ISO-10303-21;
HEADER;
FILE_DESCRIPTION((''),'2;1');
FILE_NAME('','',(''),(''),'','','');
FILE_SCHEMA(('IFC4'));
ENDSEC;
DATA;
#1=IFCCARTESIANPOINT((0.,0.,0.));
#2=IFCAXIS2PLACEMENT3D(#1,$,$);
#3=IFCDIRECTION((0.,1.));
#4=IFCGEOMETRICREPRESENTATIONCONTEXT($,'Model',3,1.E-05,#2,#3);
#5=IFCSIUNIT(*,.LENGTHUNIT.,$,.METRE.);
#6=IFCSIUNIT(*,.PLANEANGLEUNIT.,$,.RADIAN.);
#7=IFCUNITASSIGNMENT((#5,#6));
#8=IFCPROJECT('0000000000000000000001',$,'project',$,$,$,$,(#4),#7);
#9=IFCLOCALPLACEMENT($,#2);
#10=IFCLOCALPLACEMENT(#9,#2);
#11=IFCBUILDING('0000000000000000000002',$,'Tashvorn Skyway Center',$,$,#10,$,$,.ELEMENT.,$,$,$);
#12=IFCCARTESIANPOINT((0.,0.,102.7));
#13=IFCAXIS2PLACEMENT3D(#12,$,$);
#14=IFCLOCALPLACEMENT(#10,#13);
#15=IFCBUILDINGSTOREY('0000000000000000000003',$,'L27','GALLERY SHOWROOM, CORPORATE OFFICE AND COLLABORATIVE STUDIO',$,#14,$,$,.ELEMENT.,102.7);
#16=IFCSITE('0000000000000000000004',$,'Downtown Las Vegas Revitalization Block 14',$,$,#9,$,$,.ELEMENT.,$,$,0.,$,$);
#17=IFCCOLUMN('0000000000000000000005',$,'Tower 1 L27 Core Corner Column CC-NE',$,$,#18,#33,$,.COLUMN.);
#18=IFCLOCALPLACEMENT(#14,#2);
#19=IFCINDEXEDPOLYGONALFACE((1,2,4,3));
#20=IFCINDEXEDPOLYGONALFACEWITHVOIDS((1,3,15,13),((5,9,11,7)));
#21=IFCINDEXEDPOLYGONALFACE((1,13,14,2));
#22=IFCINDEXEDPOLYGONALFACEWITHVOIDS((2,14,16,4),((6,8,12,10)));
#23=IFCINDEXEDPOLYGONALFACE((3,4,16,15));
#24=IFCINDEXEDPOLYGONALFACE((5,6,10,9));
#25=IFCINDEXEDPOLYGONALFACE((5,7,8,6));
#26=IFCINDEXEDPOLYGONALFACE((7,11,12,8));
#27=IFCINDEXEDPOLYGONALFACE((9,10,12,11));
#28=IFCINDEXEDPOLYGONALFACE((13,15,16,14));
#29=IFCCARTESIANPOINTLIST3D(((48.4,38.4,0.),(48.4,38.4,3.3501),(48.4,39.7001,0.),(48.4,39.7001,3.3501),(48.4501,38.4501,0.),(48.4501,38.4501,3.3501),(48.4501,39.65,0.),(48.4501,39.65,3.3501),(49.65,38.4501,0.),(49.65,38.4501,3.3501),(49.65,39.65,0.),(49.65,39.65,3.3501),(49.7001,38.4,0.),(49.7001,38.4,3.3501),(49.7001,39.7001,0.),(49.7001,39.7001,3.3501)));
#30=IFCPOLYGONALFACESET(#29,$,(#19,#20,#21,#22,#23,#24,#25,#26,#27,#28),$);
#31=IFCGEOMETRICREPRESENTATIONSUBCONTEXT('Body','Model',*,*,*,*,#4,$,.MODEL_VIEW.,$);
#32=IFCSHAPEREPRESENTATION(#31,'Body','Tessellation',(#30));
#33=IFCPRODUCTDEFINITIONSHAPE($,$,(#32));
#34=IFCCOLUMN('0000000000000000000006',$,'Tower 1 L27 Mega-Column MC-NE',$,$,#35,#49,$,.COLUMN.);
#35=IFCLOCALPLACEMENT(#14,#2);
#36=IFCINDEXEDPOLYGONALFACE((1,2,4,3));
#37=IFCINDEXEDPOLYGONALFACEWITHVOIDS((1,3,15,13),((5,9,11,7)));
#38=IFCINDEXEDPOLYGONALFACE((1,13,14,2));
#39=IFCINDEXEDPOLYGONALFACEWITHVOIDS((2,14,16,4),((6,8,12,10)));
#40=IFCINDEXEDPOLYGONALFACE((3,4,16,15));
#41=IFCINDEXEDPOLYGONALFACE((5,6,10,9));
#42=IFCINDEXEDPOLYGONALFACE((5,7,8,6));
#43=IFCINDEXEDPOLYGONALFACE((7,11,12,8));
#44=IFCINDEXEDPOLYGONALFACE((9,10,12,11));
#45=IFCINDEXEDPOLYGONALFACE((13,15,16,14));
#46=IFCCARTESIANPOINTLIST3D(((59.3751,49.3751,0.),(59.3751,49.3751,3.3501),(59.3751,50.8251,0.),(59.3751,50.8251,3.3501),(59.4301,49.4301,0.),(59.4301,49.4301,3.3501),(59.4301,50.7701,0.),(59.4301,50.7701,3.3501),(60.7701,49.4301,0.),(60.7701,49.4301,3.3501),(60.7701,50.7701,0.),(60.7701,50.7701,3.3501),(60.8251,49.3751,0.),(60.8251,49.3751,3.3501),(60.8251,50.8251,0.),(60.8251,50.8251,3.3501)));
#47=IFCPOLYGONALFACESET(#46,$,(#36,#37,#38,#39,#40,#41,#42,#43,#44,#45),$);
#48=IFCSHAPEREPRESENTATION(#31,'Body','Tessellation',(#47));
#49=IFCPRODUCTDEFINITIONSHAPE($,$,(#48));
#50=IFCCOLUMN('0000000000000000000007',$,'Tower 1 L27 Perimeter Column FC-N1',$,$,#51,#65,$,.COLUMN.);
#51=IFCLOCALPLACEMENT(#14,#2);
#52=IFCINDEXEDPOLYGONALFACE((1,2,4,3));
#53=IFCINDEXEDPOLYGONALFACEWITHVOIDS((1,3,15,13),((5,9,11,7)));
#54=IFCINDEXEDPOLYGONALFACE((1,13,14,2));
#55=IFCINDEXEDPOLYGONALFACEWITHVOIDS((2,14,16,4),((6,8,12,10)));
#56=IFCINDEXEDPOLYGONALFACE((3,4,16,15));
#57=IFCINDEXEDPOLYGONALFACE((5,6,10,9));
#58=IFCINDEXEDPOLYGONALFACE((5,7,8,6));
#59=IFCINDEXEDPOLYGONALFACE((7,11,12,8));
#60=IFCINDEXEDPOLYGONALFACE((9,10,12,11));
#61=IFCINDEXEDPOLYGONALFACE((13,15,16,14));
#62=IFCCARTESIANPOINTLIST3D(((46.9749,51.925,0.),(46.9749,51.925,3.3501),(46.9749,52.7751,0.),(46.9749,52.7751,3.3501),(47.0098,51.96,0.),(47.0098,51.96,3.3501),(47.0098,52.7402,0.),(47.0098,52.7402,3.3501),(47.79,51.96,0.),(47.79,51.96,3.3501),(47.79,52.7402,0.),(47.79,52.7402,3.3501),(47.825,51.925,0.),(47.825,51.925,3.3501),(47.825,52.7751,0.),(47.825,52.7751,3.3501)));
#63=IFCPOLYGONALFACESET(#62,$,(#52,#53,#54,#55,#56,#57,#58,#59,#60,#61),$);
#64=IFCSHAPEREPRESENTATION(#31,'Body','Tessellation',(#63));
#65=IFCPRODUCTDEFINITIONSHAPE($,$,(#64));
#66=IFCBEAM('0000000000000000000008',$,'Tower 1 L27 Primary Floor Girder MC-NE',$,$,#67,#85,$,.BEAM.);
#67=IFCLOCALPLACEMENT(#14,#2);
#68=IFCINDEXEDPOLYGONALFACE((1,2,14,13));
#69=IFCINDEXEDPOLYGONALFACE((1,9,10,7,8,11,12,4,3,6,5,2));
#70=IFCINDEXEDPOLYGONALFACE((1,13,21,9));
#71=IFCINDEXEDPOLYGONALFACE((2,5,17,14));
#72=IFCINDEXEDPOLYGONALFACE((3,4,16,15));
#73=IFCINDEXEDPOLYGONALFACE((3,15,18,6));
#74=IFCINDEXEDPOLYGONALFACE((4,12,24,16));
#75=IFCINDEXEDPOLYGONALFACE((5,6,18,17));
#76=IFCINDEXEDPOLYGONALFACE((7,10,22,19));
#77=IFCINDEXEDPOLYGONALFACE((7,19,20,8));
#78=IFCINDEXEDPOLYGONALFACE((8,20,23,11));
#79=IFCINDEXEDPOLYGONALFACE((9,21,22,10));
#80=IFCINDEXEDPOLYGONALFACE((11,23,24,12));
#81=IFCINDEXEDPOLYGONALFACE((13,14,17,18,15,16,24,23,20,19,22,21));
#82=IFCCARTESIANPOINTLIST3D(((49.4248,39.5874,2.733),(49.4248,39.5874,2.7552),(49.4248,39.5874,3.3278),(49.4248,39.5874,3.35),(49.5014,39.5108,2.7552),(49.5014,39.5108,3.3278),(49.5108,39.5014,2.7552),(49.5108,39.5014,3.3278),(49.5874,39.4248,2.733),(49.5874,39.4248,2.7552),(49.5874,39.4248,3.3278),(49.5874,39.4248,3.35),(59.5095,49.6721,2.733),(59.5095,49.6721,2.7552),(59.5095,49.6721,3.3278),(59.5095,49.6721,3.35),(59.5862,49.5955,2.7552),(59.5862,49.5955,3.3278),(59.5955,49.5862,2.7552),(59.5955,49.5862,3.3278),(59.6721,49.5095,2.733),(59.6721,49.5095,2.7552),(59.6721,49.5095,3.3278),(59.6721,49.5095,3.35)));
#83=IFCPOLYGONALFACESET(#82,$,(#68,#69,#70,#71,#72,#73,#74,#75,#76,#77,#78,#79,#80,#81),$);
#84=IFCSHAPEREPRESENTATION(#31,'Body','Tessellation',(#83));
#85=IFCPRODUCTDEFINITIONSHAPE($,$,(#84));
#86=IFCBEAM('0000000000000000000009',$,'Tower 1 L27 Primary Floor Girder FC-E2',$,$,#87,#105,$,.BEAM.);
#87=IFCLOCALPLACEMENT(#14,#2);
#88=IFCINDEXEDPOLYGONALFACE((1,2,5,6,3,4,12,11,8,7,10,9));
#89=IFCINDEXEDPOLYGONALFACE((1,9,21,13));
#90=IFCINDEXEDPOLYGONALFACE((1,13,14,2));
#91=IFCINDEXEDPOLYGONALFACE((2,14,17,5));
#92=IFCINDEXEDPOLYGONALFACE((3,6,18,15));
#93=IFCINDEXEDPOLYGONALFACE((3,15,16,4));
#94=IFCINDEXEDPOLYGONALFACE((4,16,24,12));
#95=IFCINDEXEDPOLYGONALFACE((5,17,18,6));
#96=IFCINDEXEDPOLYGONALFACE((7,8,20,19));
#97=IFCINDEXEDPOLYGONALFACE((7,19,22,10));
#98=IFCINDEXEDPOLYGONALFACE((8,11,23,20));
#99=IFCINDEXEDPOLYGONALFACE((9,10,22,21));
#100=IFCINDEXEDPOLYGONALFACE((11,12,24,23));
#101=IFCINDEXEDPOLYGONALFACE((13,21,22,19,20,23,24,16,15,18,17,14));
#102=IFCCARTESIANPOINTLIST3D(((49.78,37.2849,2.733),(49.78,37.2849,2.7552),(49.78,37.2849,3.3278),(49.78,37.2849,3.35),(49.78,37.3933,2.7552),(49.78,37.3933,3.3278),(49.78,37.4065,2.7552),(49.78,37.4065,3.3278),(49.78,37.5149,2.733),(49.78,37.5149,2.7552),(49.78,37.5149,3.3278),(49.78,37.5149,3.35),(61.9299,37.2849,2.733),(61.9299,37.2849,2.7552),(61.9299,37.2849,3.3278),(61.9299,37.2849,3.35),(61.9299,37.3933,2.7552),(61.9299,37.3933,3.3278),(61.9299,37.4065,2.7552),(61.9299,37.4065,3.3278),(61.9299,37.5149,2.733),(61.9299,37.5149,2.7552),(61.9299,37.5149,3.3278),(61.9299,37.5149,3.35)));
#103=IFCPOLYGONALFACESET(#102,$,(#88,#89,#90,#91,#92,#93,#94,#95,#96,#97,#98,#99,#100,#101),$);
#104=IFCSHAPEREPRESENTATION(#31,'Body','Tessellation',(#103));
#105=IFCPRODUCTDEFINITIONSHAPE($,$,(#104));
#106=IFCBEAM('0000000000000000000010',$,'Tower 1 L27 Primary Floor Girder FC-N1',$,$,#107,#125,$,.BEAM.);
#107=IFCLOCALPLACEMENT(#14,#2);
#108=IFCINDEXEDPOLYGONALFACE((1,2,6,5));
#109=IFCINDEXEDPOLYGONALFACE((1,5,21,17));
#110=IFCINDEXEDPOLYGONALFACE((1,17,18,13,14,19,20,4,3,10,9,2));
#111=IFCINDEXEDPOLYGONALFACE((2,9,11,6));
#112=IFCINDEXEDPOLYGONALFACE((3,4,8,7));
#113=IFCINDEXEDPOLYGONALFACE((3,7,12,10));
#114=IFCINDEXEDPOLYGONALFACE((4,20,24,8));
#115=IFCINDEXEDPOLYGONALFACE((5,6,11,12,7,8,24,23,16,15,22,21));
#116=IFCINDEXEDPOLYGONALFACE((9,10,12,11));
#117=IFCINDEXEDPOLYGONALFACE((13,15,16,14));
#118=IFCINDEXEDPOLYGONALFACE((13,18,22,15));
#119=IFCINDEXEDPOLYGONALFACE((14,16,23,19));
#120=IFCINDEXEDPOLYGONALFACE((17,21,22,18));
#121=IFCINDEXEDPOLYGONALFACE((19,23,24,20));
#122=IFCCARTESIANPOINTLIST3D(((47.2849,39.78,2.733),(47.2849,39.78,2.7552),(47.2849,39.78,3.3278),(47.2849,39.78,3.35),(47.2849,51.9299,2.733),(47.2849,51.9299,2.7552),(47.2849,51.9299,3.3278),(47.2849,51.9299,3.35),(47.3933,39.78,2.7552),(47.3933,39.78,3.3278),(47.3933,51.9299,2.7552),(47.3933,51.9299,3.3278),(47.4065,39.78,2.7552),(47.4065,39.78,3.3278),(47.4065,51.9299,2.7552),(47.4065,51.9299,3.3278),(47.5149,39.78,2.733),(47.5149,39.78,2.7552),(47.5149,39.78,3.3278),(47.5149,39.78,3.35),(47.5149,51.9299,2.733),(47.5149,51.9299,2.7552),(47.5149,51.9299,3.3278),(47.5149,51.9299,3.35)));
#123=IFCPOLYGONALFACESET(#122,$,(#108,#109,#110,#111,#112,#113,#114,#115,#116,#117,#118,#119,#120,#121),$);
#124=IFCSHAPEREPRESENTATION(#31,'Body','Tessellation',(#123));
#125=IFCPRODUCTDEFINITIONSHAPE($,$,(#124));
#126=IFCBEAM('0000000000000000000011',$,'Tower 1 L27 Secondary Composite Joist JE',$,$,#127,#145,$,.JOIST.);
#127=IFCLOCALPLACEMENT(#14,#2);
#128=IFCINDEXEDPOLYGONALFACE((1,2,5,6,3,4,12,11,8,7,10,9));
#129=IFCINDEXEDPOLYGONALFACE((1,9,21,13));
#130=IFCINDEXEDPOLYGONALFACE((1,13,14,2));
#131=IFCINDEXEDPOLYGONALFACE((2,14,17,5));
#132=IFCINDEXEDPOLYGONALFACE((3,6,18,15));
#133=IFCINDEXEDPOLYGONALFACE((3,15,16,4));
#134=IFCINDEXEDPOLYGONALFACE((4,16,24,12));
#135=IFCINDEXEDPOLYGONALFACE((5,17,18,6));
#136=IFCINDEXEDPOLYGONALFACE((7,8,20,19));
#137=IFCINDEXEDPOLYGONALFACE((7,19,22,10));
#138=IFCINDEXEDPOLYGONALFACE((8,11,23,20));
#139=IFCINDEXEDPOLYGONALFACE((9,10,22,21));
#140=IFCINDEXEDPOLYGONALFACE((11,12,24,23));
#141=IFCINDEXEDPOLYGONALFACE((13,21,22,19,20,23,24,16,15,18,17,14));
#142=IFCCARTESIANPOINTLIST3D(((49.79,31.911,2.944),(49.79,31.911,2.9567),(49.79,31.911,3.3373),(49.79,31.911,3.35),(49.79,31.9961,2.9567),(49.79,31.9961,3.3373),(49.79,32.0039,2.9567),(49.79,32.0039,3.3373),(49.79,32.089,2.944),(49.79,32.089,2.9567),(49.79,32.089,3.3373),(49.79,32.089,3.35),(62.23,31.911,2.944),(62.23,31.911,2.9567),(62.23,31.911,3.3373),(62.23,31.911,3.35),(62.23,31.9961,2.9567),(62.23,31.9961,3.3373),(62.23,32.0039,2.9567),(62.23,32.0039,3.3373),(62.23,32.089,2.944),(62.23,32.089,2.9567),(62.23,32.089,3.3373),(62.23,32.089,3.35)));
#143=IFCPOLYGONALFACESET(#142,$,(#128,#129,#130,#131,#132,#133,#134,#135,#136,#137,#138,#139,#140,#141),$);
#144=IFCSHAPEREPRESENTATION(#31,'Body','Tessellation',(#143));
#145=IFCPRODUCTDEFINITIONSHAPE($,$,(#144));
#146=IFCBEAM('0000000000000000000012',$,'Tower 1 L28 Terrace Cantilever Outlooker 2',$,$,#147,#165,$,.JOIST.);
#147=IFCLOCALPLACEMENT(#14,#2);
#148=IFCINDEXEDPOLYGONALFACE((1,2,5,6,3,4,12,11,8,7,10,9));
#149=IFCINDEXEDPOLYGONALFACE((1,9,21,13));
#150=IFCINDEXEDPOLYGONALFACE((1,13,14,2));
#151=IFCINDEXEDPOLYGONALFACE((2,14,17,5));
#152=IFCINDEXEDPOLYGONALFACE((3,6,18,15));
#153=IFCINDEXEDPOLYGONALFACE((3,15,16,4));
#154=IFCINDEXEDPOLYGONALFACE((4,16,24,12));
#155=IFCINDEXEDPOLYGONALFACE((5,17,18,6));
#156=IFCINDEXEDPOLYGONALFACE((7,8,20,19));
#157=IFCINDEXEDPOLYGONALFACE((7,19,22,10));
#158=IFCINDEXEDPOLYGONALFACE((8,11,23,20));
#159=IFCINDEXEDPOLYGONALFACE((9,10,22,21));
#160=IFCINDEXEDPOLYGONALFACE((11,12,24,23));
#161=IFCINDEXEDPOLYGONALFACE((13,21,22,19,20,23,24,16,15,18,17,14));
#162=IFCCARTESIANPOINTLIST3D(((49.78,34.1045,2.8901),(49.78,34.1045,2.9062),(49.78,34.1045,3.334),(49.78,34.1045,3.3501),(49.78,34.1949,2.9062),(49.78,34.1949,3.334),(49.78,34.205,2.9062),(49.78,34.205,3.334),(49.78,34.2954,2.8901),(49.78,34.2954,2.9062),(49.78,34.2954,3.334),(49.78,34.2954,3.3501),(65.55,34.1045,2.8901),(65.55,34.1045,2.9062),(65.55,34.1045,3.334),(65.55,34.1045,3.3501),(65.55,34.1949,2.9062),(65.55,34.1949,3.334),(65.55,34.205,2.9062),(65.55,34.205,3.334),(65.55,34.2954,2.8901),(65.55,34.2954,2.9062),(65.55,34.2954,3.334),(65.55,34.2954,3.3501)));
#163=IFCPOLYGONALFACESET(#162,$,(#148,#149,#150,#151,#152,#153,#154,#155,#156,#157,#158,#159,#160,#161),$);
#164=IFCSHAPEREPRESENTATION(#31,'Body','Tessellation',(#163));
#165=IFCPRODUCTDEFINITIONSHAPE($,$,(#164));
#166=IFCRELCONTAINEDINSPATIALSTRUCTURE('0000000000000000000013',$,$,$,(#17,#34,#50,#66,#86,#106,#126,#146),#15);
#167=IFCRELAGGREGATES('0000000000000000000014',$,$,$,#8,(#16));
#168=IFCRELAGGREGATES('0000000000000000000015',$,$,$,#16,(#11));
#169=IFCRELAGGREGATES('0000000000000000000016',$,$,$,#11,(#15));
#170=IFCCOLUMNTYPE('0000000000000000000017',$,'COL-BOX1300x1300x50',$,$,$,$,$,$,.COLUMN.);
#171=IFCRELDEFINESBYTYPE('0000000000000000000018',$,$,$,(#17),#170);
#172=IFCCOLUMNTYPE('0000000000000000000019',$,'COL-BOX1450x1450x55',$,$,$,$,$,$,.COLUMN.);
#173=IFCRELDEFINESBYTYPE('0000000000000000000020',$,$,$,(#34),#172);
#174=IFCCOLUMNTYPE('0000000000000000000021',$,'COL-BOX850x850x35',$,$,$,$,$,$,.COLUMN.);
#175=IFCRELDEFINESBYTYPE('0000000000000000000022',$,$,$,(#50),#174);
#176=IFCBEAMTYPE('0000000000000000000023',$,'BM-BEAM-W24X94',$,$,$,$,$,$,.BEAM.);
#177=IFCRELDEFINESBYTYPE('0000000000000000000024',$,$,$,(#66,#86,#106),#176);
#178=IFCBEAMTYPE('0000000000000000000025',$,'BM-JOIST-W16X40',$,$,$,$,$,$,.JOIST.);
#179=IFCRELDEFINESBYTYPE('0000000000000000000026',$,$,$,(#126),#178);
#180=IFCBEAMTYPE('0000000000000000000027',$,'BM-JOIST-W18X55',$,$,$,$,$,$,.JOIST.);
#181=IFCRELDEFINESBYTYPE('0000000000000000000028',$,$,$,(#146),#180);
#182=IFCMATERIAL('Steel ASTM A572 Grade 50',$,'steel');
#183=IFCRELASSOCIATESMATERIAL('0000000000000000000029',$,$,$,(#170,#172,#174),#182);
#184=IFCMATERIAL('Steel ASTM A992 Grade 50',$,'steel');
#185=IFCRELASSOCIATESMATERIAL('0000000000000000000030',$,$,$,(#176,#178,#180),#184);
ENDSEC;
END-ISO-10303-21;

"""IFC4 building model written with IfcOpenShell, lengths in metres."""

from ifc_helpers import new_model, si_unit, direction, frame, origin, origin_2d, place, context, subcontext, project, spatial, hollow_rectangle, i_section, extrude, material, material_profile, profile_set, type_object, element, save


model = new_model("IFC4")

# Units and contexts
model_context = context("Model", 3, precision=1e-05, world=origin(), true_north=direction((0.0, 1.0)))
body_context = subcontext(model_context, "Body", "Model", "MODEL_VIEW")
ifc_project = project(units=[si_unit("LENGTHUNIT", "METRE"), si_unit("PLANEANGLEUNIT", "RADIAN")], contexts=[model_context])

# Site, building, storey
site_placement = place(None, origin())
site = spatial("IfcSite", under=ifc_project, at=site_placement, Name="Downtown Las Vegas Revitalization Block 14", CompositionType="ELEMENT", RefElevation=0.0)
building_placement = place(site_placement, origin())
building = spatial("IfcBuilding", under=site, at=building_placement, Name="Tashvorn Skyway Center", CompositionType="ELEMENT")
storey_placement = place(building_placement, frame((0.0, 0.0, 102.7)))
storey = spatial("IfcBuildingStorey", under=building, at=storey_placement, Name="L27", Description="GALLERY SHOWROOM, CORPORATE OFFICE AND COLLABORATIVE STUDIO", CompositionType="ELEMENT", Elevation=102.7)

# Columns
ifc_material_1 = material(Name="Steel ASTM A572 Grade 50", Category="steel")
ifc_material_profile_1 = material_profile(ifc_material_1, hollow_rectangle(XDim=1.3, YDim=1.3, WallThickness=0.05, at=origin_2d()), Name="BOX1300x1300x50")
ifc_profile_set_1 = profile_set([ifc_material_profile_1], Name="Steel ASTM A572 Grade 50")
column_type_1 = type_object("IfcColumnType", Name="COL-BOX1300x1300x50", PredefinedType="COLUMN", material=ifc_profile_set_1)
column_1_placement = place(storey_placement, frame((49.05, 39.05, 0.0), z_axis=(0.0, 0.0, 1.0), x_axis=(1.0, 0.0, 0.0)))
element("IfcColumn", 1, at=column_1_placement, inside=storey, type_object=column_type_1, Name="Tower 1 L27 Core Corner Column CC-NE", PredefinedType="COLUMN", context=body_context, shape_type="SweptSolid", body=[
    extrude(hollow_rectangle(XDim=1.3, YDim=1.3, WallThickness=0.05, at=origin_2d()), origin(), (0.0, 0.0, 1.0), 3.3501),
])
ifc_material_profile_2 = material_profile(ifc_material_1, hollow_rectangle(XDim=1.45, YDim=1.45, WallThickness=0.0549, at=origin_2d()), Name="BOX1450x1450x55")
ifc_profile_set_2 = profile_set([ifc_material_profile_2], Name="Steel ASTM A572 Grade 50")
column_type_2 = type_object("IfcColumnType", Name="COL-BOX1450x1450x55", PredefinedType="COLUMN", material=ifc_profile_set_2)
column_2_placement = place(storey_placement, frame((60.1001, 50.1001, 0.0), z_axis=(0.0, 0.0, 1.0), x_axis=(1.0, 0.0, 0.0)))
element("IfcColumn", 2, at=column_2_placement, inside=storey, type_object=column_type_2, Name="Tower 1 L27 Mega-Column MC-NE", PredefinedType="COLUMN", context=body_context, shape_type="SweptSolid", body=[
    extrude(hollow_rectangle(XDim=1.45, YDim=1.45, WallThickness=0.0549, at=origin_2d()), origin(), (0.0, 0.0, 1.0), 3.3501),
])
ifc_material_profile_3 = material_profile(ifc_material_1, hollow_rectangle(XDim=0.8501, YDim=0.8501, WallThickness=0.0349, at=origin_2d()), Name="BOX850x850x35")
ifc_profile_set_3 = profile_set([ifc_material_profile_3], Name="Steel ASTM A572 Grade 50")
column_type_3 = type_object("IfcColumnType", Name="COL-BOX850x850x35", PredefinedType="COLUMN", material=ifc_profile_set_3)
column_3_placement = place(storey_placement, frame((47.3999, 52.3501, 0.0), z_axis=(0.0, 0.0, 1.0), x_axis=(1.0, 0.0, 0.0)))
element("IfcColumn", 3, at=column_3_placement, inside=storey, type_object=column_type_3, Name="Tower 1 L27 Perimeter Column FC-N1", PredefinedType="COLUMN", context=body_context, shape_type="SweptSolid", body=[
    extrude(hollow_rectangle(XDim=0.8501, YDim=0.8501, WallThickness=0.0349, at=origin_2d()), origin(), (0.0, 0.0, 1.0), 3.3501),
])

# Beams
ifc_material_2 = material(Name="Steel ASTM A992 Grade 50", Category="steel")
ifc_material_profile_4 = material_profile(ifc_material_2, i_section(OverallWidth=0.23, OverallDepth=0.6169, WebThickness=0.0132, FlangeThickness=0.0222, at=origin_2d()), Name="W24X94")
ifc_profile_set_4 = profile_set([ifc_material_profile_4], Name="Steel ASTM A992 Grade 50")
beam_type_1 = type_object("IfcBeamType", Name="BM-BEAM-W24X94", PredefinedType="BEAM", material=ifc_profile_set_4)
beam_1_placement = place(storey_placement, frame((59.5908, 49.5908, 3.0415), z_axis=(-0.707107, -0.707107, 0.0), x_axis=(0.707107, -0.707107, 0.0)))
element("IfcBeam", 4, at=beam_1_placement, inside=storey, type_object=beam_type_1, Name="Tower 1 L27 Primary Floor Girder MC-NE", PredefinedType="BEAM", context=body_context, shape_type="SweptSolid", body=[
    extrude(i_section(OverallWidth=0.23, OverallDepth=0.6169, WebThickness=0.0132, FlangeThickness=0.0222, at=origin_2d()), origin(), (0.0, 0.0, 1.0), 14.262),
])
for number, where, z_axis, x_axis, name in (
    (5, (61.9299, 37.3999, 3.0415), (-1.0, 0.0, 0.0), (0.0, -1.0, 0.0), "Tower 1 L27 Primary Floor Girder FC-E2"),
    (6, (47.3999, 51.9299, 3.0415), (0.0, -1.0, 0.0), (1.0, 0.0, 0.0), "Tower 1 L27 Primary Floor Girder FC-N1"),
):
    element("IfcBeam", number, at=place(storey_placement, frame(where, z_axis=z_axis, x_axis=x_axis)), inside=storey, type_object=beam_type_1, Name=name, PredefinedType="BEAM", context=body_context, shape_type="SweptSolid", body=[
        extrude(i_section(OverallWidth=0.23, OverallDepth=0.6169, WebThickness=0.0132, FlangeThickness=0.0222, at=origin_2d()), origin(), (0.0, 0.0, 1.0), 12.1499),
    ])
ifc_material_profile_5 = material_profile(ifc_material_2, i_section(OverallWidth=0.178, OverallDepth=0.406, WebThickness=0.0078, FlangeThickness=0.0127, at=origin_2d()), Name="W16X40")
ifc_profile_set_5 = profile_set([ifc_material_profile_5], Name="Steel ASTM A992 Grade 50")
beam_type_2 = type_object("IfcBeamType", Name="BM-JOIST-W16X40", PredefinedType="JOIST", material=ifc_profile_set_5)
beam_2_placement = place(storey_placement, frame((49.79, 32.0, 3.147), z_axis=(1.0, 0.0, 0.0), x_axis=(0.0, 1.0, 0.0)))
element("IfcBeam", 7, at=beam_2_placement, inside=storey, type_object=beam_type_2, Name="Tower 1 L27 Secondary Composite Joist JE", PredefinedType="JOIST", context=body_context, shape_type="SweptSolid", body=[
    extrude(i_section(OverallWidth=0.178, OverallDepth=0.406, WebThickness=0.0078, FlangeThickness=0.0127, at=origin_2d()), origin(), (0.0, 0.0, 1.0), 12.4399),
])
ifc_material_profile_6 = material_profile(ifc_material_2, i_section(OverallWidth=0.1909, OverallDepth=0.46, WebThickness=0.01, FlangeThickness=0.0161, at=origin_2d()), Name="W18X55")
ifc_profile_set_6 = profile_set([ifc_material_profile_6], Name="Steel ASTM A992 Grade 50")
beam_type_3 = type_object("IfcBeamType", Name="BM-JOIST-W18X55", PredefinedType="JOIST", material=ifc_profile_set_6)
beam_3_placement = place(storey_placement, frame((49.78, 34.2, 3.1201), z_axis=(1.0, 0.0, 0.0), x_axis=(0.0, 1.0, 0.0)))
element("IfcBeam", 8, at=beam_3_placement, inside=storey, type_object=beam_type_3, Name="Tower 1 L28 Terrace Cantilever Outlooker 2", PredefinedType="JOIST", context=body_context, shape_type="SweptSolid", body=[
    extrude(i_section(OverallWidth=0.1909, OverallDepth=0.46, WebThickness=0.01, FlangeThickness=0.0161, at=origin_2d()), origin(), (0.0, 0.0, 1.0), 15.77),
])

save(model, "model.ifc")
